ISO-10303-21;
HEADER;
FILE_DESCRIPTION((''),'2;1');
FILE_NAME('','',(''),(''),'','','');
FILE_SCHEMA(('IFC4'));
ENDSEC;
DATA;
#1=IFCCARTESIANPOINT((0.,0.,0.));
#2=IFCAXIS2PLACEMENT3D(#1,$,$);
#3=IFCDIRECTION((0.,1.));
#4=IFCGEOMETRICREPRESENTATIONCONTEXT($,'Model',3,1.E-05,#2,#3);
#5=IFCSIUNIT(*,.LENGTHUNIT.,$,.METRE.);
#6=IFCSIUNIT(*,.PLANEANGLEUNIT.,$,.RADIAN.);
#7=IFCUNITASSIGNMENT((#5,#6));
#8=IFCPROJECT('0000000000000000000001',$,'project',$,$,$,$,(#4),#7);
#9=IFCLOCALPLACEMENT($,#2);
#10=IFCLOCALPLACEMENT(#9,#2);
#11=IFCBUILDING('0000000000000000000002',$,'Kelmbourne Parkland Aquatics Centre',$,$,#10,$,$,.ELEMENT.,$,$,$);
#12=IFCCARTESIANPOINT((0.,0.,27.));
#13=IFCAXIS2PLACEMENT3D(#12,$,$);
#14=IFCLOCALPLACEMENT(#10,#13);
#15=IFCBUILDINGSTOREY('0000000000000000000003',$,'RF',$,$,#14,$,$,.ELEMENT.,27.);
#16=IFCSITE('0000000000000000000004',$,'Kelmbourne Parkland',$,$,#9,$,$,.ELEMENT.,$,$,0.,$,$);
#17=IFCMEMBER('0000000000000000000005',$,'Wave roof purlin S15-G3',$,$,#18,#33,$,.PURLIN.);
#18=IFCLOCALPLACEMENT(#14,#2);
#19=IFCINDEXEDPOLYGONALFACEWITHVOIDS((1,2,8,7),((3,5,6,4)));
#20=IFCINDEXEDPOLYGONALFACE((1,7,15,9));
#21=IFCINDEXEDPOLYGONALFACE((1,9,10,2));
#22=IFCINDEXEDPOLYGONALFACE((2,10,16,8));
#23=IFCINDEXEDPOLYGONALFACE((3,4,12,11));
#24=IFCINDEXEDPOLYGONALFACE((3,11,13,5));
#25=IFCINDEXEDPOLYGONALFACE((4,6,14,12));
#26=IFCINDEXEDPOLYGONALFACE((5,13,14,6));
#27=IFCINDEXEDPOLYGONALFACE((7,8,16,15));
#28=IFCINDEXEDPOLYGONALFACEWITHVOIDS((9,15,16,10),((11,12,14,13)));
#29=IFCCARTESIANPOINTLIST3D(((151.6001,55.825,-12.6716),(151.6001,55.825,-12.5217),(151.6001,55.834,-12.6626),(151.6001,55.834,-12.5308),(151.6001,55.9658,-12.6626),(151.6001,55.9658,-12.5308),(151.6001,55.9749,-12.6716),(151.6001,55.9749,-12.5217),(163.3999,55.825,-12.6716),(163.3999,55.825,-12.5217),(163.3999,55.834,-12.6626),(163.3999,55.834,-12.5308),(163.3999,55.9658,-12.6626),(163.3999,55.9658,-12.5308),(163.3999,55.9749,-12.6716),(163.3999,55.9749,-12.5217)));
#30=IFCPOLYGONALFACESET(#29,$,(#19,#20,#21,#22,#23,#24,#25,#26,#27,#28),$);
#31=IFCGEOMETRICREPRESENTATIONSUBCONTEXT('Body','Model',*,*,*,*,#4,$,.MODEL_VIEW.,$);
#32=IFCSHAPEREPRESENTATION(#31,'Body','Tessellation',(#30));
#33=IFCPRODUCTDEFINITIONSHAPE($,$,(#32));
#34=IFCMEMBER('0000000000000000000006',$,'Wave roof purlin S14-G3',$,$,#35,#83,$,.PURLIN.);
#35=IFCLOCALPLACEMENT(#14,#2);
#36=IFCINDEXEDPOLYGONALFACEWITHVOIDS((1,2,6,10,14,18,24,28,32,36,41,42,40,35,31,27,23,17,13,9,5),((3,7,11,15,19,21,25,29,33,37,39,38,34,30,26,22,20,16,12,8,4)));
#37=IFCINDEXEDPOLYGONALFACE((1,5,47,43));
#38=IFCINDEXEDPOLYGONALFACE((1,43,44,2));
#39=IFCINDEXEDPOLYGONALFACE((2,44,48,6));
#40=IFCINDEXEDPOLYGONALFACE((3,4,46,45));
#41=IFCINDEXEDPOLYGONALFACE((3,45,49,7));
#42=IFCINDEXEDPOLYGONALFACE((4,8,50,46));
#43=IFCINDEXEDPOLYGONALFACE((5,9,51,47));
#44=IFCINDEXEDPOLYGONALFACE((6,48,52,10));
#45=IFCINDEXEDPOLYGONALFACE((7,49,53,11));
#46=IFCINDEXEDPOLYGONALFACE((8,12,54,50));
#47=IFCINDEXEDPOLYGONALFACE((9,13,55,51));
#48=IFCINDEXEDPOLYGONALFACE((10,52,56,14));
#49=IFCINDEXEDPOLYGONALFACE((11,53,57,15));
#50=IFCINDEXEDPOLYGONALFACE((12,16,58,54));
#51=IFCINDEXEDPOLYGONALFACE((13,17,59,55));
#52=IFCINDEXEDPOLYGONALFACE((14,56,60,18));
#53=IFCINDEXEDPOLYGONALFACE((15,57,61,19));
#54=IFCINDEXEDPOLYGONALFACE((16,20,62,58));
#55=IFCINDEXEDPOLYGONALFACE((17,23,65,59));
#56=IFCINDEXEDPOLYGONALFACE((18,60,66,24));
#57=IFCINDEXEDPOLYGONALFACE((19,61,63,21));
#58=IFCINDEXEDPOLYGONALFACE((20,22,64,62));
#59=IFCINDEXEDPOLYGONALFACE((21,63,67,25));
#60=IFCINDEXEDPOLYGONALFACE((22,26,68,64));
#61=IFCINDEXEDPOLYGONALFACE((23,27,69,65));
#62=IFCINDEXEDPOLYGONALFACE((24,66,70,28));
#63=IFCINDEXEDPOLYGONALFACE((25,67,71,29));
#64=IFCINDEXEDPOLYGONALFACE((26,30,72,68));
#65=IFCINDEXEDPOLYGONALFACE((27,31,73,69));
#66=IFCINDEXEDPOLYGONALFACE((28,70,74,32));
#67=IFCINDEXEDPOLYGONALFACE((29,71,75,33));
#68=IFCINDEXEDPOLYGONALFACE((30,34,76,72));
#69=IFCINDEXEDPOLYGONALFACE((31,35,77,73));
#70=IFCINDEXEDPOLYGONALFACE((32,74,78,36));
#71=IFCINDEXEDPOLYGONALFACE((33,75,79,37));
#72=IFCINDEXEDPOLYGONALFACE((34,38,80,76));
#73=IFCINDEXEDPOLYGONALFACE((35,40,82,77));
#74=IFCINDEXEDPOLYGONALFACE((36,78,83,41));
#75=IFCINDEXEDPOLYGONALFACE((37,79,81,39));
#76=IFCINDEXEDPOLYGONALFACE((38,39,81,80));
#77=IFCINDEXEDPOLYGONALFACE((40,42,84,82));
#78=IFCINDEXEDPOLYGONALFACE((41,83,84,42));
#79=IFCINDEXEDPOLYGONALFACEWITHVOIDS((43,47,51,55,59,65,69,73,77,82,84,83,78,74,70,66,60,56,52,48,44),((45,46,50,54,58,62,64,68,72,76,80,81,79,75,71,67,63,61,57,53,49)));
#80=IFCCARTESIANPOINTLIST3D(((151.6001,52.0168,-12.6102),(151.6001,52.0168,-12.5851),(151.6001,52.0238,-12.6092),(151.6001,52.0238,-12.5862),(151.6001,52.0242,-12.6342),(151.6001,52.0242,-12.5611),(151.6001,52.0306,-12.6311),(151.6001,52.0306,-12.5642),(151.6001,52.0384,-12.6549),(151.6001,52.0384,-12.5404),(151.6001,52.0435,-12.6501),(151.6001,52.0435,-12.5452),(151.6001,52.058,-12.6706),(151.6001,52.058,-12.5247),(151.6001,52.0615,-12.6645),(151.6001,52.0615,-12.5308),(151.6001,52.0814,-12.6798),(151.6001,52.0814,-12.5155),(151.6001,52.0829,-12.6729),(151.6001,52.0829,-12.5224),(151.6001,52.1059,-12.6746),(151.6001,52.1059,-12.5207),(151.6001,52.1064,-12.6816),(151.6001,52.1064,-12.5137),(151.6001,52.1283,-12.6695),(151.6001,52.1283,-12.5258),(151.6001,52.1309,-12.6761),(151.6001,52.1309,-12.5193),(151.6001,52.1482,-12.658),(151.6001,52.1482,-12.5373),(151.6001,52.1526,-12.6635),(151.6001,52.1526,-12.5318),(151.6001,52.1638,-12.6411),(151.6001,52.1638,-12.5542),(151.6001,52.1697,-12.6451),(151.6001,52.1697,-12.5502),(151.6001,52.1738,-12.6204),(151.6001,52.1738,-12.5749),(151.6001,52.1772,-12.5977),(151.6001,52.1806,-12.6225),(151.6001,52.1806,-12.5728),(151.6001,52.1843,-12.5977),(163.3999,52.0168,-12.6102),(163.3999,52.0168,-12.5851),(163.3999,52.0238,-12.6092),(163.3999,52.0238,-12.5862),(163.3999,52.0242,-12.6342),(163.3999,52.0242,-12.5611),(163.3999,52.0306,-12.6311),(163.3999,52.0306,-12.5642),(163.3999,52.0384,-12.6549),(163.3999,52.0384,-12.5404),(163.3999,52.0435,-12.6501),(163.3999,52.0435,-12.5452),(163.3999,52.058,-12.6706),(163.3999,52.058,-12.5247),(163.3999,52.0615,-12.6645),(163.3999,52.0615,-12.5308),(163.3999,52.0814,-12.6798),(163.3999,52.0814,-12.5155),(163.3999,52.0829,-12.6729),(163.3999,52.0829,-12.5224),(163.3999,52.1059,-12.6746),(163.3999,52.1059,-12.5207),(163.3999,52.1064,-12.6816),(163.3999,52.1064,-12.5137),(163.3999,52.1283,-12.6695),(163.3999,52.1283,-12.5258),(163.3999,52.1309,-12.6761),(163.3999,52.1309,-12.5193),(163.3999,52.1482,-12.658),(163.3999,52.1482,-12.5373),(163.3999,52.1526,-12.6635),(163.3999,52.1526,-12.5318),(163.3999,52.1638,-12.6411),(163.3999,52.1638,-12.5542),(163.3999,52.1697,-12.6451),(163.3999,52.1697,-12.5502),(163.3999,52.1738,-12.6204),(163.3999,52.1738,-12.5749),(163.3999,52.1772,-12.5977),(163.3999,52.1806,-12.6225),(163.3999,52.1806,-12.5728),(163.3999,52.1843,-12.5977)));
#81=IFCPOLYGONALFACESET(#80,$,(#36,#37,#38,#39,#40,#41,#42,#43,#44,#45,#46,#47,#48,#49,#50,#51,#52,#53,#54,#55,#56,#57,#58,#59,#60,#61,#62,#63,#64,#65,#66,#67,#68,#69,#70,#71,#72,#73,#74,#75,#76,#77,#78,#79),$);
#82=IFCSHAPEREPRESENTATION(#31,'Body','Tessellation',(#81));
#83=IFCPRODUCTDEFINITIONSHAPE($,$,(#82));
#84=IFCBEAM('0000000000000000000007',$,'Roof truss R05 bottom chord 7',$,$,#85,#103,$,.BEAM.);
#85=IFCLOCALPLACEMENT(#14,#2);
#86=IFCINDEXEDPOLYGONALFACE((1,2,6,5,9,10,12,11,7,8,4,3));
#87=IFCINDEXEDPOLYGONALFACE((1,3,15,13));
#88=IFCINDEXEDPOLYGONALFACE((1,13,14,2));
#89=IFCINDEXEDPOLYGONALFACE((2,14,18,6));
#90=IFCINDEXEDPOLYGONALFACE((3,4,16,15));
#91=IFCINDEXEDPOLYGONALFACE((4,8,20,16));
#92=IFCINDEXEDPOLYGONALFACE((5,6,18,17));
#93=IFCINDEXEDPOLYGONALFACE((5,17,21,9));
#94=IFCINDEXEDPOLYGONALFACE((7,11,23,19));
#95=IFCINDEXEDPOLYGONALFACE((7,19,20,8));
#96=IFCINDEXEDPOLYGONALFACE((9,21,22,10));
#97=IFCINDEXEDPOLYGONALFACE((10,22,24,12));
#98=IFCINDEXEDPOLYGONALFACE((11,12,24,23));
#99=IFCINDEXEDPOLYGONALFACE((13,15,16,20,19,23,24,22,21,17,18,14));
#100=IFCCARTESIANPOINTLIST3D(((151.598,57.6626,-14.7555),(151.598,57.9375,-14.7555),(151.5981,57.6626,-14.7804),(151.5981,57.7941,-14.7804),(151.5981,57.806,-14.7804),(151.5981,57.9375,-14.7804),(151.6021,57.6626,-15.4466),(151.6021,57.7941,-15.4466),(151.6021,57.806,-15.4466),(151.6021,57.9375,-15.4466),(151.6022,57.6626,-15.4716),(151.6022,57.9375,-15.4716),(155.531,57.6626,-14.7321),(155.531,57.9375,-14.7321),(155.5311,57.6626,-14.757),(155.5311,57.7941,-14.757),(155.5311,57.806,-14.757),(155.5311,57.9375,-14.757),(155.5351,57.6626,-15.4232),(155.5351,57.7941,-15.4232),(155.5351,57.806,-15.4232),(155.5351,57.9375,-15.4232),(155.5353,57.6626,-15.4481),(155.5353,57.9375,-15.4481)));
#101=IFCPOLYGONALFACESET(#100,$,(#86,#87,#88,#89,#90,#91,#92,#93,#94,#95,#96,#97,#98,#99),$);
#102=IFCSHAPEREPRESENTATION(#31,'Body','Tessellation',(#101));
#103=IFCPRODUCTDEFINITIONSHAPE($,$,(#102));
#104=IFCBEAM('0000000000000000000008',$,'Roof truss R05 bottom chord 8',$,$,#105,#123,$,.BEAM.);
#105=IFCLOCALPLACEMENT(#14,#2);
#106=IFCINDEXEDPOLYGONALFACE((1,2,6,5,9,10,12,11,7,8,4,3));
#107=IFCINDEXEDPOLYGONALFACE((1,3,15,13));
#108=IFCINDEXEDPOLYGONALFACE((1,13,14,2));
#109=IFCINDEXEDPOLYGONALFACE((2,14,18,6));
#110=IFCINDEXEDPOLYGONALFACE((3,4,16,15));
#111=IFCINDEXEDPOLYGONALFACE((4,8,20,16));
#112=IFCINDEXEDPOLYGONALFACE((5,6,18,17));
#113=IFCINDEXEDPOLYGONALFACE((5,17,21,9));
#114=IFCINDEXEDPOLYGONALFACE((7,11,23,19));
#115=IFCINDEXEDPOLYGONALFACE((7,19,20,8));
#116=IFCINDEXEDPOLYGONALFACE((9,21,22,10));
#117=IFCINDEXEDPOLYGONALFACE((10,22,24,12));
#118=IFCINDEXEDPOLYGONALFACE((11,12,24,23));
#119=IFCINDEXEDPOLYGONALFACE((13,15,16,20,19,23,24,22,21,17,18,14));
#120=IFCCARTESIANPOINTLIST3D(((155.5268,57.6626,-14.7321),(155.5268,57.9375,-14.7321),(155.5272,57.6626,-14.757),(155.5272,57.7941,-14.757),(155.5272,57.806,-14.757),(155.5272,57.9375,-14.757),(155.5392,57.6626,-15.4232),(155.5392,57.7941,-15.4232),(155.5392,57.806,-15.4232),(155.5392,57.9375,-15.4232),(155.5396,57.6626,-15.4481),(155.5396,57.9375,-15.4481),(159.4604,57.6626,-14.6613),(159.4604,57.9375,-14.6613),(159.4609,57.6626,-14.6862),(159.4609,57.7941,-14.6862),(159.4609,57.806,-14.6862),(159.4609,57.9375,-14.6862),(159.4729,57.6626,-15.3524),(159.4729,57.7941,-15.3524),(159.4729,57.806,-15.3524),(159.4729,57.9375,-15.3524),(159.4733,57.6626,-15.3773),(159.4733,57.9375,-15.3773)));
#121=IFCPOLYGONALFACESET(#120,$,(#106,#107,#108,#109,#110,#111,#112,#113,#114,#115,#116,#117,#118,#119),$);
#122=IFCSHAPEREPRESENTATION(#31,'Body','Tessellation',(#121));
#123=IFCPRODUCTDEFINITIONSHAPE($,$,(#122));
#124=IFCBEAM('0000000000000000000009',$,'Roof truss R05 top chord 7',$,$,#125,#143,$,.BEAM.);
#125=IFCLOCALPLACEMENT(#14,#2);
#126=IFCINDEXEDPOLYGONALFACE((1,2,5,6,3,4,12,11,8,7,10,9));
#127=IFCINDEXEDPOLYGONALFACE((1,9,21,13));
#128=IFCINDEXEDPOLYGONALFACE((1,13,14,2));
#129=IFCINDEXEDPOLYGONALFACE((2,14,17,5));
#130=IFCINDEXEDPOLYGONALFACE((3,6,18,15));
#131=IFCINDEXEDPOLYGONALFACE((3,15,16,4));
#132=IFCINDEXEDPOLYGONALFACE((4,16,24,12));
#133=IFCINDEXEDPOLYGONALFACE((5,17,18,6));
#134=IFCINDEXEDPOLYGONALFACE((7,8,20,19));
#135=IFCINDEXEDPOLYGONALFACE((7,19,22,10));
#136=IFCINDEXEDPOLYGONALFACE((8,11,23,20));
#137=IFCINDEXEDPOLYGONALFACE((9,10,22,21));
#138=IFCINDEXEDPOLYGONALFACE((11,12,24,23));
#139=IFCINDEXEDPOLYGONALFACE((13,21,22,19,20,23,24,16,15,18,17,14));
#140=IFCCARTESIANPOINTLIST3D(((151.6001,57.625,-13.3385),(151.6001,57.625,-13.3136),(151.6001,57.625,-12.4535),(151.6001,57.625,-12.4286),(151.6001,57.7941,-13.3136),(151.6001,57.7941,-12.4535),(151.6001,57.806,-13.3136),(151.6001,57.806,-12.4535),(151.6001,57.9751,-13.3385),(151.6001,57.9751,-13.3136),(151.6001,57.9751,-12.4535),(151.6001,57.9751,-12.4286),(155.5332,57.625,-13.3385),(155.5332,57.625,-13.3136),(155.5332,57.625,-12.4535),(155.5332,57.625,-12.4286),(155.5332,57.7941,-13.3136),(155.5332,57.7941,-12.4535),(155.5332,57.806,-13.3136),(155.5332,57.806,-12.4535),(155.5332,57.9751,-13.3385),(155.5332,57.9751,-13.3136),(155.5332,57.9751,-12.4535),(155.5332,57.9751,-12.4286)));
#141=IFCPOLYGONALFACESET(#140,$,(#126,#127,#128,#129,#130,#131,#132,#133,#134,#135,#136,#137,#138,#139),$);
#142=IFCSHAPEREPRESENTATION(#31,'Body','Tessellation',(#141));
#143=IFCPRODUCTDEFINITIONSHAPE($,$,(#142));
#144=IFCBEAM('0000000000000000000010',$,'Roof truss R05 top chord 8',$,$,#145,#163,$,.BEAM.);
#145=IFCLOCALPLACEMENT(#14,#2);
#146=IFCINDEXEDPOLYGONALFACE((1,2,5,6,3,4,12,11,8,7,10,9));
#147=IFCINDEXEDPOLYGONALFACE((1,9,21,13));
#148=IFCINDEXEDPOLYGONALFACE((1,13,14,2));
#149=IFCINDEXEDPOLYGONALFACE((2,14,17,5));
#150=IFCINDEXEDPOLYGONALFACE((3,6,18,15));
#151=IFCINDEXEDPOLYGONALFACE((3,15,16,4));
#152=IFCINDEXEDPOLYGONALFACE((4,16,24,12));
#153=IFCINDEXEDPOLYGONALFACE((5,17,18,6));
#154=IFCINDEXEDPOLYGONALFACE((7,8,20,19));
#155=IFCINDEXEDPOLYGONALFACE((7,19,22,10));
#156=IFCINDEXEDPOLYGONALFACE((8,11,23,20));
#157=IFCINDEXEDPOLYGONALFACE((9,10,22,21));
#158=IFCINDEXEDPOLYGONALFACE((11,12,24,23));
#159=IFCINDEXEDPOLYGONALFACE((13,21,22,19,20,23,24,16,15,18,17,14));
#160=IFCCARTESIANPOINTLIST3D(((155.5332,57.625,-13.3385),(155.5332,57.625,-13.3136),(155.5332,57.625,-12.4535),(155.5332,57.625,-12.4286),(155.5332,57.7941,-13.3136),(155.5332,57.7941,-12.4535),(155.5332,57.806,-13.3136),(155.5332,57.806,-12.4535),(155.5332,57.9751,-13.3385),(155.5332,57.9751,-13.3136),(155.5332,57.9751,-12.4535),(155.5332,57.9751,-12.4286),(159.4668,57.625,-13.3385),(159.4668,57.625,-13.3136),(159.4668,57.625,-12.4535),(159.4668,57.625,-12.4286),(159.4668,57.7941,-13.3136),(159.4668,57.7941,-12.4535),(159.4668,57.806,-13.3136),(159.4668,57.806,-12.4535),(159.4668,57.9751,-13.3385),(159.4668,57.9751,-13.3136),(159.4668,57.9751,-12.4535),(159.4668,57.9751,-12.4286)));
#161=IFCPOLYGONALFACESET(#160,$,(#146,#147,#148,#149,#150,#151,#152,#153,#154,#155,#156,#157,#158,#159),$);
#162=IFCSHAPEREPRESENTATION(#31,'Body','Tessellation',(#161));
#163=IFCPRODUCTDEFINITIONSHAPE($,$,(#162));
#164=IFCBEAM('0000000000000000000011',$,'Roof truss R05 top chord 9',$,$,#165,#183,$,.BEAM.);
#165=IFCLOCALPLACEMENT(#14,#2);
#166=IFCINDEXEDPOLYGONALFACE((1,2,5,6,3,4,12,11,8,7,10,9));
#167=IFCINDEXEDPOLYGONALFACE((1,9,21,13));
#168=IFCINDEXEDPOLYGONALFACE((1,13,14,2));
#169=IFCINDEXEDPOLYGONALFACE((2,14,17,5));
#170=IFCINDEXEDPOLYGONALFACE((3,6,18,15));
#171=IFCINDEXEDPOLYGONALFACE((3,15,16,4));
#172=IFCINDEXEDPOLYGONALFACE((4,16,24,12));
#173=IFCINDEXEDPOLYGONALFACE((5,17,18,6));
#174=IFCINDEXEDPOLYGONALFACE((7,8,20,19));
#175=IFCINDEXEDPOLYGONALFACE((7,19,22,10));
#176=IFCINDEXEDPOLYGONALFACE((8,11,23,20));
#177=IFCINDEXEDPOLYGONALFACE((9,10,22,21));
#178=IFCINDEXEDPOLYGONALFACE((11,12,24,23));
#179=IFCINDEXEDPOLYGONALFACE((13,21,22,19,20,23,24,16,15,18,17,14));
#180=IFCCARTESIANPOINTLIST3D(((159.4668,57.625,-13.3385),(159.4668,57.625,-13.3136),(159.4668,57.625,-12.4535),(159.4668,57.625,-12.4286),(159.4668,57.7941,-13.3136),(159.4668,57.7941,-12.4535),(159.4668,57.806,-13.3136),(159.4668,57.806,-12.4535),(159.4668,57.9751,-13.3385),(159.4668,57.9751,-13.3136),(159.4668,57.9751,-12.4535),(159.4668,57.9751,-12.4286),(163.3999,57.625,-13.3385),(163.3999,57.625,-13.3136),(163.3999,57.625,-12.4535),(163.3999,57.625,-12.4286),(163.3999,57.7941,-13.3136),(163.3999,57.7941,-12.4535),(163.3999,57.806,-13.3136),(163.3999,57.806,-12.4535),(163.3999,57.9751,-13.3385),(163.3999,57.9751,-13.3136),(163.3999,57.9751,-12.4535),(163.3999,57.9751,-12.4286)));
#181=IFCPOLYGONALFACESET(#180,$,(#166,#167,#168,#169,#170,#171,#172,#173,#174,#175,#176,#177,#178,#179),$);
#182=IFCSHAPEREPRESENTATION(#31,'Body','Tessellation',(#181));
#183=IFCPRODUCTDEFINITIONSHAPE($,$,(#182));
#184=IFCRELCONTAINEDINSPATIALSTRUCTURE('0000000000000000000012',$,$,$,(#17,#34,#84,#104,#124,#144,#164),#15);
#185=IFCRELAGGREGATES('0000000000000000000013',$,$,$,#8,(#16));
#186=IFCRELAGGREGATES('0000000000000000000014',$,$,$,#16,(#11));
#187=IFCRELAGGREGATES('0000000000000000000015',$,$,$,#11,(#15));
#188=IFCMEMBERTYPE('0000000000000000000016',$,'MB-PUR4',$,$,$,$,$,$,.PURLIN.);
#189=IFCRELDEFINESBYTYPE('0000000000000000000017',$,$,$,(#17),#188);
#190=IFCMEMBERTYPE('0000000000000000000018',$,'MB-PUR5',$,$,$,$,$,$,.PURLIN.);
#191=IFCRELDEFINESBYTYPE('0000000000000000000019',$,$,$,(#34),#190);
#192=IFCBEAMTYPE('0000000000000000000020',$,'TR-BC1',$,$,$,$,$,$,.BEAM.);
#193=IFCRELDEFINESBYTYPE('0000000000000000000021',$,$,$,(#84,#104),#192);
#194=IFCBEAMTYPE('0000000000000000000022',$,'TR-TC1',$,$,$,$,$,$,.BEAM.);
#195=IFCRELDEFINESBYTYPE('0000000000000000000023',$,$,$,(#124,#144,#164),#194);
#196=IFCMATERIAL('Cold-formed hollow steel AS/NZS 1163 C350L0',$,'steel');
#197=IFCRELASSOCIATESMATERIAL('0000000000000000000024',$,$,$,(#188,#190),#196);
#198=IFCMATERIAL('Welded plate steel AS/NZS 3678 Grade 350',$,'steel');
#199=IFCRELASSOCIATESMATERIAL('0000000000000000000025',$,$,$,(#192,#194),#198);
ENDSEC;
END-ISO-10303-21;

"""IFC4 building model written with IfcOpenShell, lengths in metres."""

from ifc_helpers import new_model, si_unit, direction, frame, origin, origin_2d, place, context, subcontext, project, spatial, hollow_rectangle, hollow_circle, i_section, extrude, material, material_profile, profile_set, type_object, element, save


model = new_model("IFC4")

# Units and contexts
model_context = context("Model", 3, precision=1e-05, world=origin(), true_north=direction((0.0, 1.0)))
body_context = subcontext(model_context, "Body", "Model", "MODEL_VIEW")
ifc_project = project(units=[si_unit("LENGTHUNIT", "METRE"), si_unit("PLANEANGLEUNIT", "RADIAN")], contexts=[model_context])

# Site, building, storey
site_placement = place(None, origin())
site = spatial("IfcSite", under=ifc_project, at=site_placement, Name="Kelmbourne Parkland", CompositionType="ELEMENT", RefElevation=0.0)
building_placement = place(site_placement, origin())
building = spatial("IfcBuilding", under=site, at=building_placement, Name="Kelmbourne Parkland Aquatics Centre", CompositionType="ELEMENT")
storey_placement = place(building_placement, frame((0.0, 0.0, 27.0)))
storey = spatial("IfcBuildingStorey", under=building, at=storey_placement, Name="RF", CompositionType="ELEMENT", Elevation=27.0)

# Members
ifc_material_1 = material(Name="Cold-formed hollow steel AS/NZS 1163 C350L0", Category="steel")
ifc_material_profile_1 = material_profile(ifc_material_1, hollow_rectangle(XDim=0.1499, YDim=0.1499, WallThickness=0.009, at=origin_2d()), Name="SHS 150x150x9.0")
ifc_profile_set_1 = profile_set([ifc_material_profile_1], Name="Cold-formed hollow steel AS/NZS 1163 C350L0")
member_type_1 = type_object("IfcMemberType", Name="MB-PUR4", PredefinedType="PURLIN", material=ifc_profile_set_1)
member_1_placement = place(storey_placement, frame((151.6001, 55.8999, -12.5967), z_axis=(1.0, 0.0, 0.0), x_axis=(0.0, 1.0, 0.0)))
element("IfcMember", 1, at=member_1_placement, inside=storey, type_object=member_type_1, Name="Wave roof purlin S15-G3", PredefinedType="PURLIN", context=body_context, shape_type="SweptSolid", body=[
    extrude(hollow_rectangle(XDim=0.1499, YDim=0.1499, WallThickness=0.009, at=origin_2d()), origin(), (0.0, 0.0, 1.0), 11.7998),
])
ifc_material_profile_2 = material_profile(ifc_material_1, hollow_circle(Radius=0.0842, WallThickness=0.0071, at=origin_2d()), Name="CHS 168.3x7.1")
ifc_profile_set_2 = profile_set([ifc_material_profile_2], Name="Cold-formed hollow steel AS/NZS 1163 C350L0")
member_type_2 = type_object("IfcMemberType", Name="MB-PUR5", PredefinedType="PURLIN", material=ifc_profile_set_2)
member_2_placement = place(storey_placement, frame((151.6001, 52.1001, -12.5977), z_axis=(1.0, 0.0, 0.0), x_axis=(0.0, 1.0, 0.0)))
element("IfcMember", 2, at=member_2_placement, inside=storey, type_object=member_type_2, Name="Wave roof purlin S14-G3", PredefinedType="PURLIN", context=body_context, shape_type="SweptSolid", body=[
    extrude(hollow_circle(Radius=0.0842, WallThickness=0.0071, at=origin_2d()), origin(), (0.0, 0.0, 1.0), 11.7998),
])

# Beams
ifc_material_2 = material(Name="Welded plate steel AS/NZS 3678 Grade 350", Category="steel")
ifc_material_profile_3 = material_profile(ifc_material_2, i_section(OverallWidth=0.2749, OverallDepth=0.7161, WebThickness=0.012, FlangeThickness=0.0249, at=origin_2d()), Name="700WB173")
ifc_profile_set_3 = profile_set([ifc_material_profile_3], Name="Welded plate steel AS/NZS 3678 Grade 350")
beam_type_1 = type_object("IfcBeamType", Name="TR-BC1", PredefinedType="BEAM", material=ifc_profile_set_3)
beam_1_placement = place(storey_placement, frame((151.6001, 57.8, -15.1135), z_axis=(0.999982, 0.0, 0.005959), x_axis=(0.0, 1.0, 0.0)))
element("IfcBeam", 3, at=beam_1_placement, inside=storey, type_object=beam_type_1, Name="Roof truss R05 bottom chord 7", PredefinedType="BEAM", context=body_context, shape_type="SweptSolid", body=[
    extrude(i_section(OverallWidth=0.2749, OverallDepth=0.7161, WebThickness=0.012, FlangeThickness=0.0249, at=origin_2d()), origin(), (0.0, 0.0, 1.0), 3.9331),
])
beam_2_placement = place(storey_placement, frame((155.5332, 57.8, -15.0901), z_axis=(0.999838, 0.0, 0.017996), x_axis=(0.0, 1.0, 0.0)))
element("IfcBeam", 4, at=beam_2_placement, inside=storey, type_object=beam_type_1, Name="Roof truss R05 bottom chord 8", PredefinedType="BEAM", context=body_context, shape_type="SweptSolid", body=[
    extrude(i_section(OverallWidth=0.2749, OverallDepth=0.7161, WebThickness=0.012, FlangeThickness=0.0249, at=origin_2d()), origin(), (0.0, 0.0, 1.0), 3.9343),
])
ifc_material_profile_4 = material_profile(ifc_material_2, i_section(OverallWidth=0.3501, OverallDepth=0.9099, WebThickness=0.012, FlangeThickness=0.0249, at=origin_2d()), Name="900WB218")
ifc_profile_set_4 = profile_set([ifc_material_profile_4], Name="Welded plate steel AS/NZS 3678 Grade 350")
beam_type_2 = type_object("IfcBeamType", Name="TR-TC1", PredefinedType="BEAM", material=ifc_profile_set_4)
beam_3_placement = place(storey_placement, frame((151.6001, 57.8, -12.8835), z_axis=(1.0, 0.0, 0.0), x_axis=(0.0, 1.0, 0.0)))
element("IfcBeam", 5, at=beam_3_placement, inside=storey, type_object=beam_type_2, Name="Roof truss R05 top chord 7", PredefinedType="BEAM", context=body_context, shape_type="SweptSolid", body=[
    extrude(i_section(OverallWidth=0.3501, OverallDepth=0.9099, WebThickness=0.012, FlangeThickness=0.0249, at=origin_2d()), origin(), (0.0, 0.0, 1.0), 3.9331),
])
beam_4_placement = place(storey_placement, frame((155.5332, 57.8, -12.8835), z_axis=(1.0, 0.0, 0.0), x_axis=(0.0, 1.0, 0.0)))
element("IfcBeam", 6, at=beam_4_placement, inside=storey, type_object=beam_type_2, Name="Roof truss R05 top chord 8", PredefinedType="BEAM", context=body_context, shape_type="SweptSolid", body=[
    extrude(i_section(OverallWidth=0.3501, OverallDepth=0.9099, WebThickness=0.012, FlangeThickness=0.0249, at=origin_2d()), origin(), (0.0, 0.0, 1.0), 3.9336),
])
beam_5_placement = place(storey_placement, frame((159.4668, 57.8, -12.8835), z_axis=(1.0, 0.0, 0.0), x_axis=(0.0, 1.0, 0.0)))
element("IfcBeam", 7, at=beam_5_placement, inside=storey, type_object=beam_type_2, Name="Roof truss R05 top chord 9", PredefinedType="BEAM", context=body_context, shape_type="SweptSolid", body=[
    extrude(i_section(OverallWidth=0.3501, OverallDepth=0.9099, WebThickness=0.012, FlangeThickness=0.0249, at=origin_2d()), origin(), (0.0, 0.0, 1.0), 3.9331),
])

save(model, "model.ifc")
